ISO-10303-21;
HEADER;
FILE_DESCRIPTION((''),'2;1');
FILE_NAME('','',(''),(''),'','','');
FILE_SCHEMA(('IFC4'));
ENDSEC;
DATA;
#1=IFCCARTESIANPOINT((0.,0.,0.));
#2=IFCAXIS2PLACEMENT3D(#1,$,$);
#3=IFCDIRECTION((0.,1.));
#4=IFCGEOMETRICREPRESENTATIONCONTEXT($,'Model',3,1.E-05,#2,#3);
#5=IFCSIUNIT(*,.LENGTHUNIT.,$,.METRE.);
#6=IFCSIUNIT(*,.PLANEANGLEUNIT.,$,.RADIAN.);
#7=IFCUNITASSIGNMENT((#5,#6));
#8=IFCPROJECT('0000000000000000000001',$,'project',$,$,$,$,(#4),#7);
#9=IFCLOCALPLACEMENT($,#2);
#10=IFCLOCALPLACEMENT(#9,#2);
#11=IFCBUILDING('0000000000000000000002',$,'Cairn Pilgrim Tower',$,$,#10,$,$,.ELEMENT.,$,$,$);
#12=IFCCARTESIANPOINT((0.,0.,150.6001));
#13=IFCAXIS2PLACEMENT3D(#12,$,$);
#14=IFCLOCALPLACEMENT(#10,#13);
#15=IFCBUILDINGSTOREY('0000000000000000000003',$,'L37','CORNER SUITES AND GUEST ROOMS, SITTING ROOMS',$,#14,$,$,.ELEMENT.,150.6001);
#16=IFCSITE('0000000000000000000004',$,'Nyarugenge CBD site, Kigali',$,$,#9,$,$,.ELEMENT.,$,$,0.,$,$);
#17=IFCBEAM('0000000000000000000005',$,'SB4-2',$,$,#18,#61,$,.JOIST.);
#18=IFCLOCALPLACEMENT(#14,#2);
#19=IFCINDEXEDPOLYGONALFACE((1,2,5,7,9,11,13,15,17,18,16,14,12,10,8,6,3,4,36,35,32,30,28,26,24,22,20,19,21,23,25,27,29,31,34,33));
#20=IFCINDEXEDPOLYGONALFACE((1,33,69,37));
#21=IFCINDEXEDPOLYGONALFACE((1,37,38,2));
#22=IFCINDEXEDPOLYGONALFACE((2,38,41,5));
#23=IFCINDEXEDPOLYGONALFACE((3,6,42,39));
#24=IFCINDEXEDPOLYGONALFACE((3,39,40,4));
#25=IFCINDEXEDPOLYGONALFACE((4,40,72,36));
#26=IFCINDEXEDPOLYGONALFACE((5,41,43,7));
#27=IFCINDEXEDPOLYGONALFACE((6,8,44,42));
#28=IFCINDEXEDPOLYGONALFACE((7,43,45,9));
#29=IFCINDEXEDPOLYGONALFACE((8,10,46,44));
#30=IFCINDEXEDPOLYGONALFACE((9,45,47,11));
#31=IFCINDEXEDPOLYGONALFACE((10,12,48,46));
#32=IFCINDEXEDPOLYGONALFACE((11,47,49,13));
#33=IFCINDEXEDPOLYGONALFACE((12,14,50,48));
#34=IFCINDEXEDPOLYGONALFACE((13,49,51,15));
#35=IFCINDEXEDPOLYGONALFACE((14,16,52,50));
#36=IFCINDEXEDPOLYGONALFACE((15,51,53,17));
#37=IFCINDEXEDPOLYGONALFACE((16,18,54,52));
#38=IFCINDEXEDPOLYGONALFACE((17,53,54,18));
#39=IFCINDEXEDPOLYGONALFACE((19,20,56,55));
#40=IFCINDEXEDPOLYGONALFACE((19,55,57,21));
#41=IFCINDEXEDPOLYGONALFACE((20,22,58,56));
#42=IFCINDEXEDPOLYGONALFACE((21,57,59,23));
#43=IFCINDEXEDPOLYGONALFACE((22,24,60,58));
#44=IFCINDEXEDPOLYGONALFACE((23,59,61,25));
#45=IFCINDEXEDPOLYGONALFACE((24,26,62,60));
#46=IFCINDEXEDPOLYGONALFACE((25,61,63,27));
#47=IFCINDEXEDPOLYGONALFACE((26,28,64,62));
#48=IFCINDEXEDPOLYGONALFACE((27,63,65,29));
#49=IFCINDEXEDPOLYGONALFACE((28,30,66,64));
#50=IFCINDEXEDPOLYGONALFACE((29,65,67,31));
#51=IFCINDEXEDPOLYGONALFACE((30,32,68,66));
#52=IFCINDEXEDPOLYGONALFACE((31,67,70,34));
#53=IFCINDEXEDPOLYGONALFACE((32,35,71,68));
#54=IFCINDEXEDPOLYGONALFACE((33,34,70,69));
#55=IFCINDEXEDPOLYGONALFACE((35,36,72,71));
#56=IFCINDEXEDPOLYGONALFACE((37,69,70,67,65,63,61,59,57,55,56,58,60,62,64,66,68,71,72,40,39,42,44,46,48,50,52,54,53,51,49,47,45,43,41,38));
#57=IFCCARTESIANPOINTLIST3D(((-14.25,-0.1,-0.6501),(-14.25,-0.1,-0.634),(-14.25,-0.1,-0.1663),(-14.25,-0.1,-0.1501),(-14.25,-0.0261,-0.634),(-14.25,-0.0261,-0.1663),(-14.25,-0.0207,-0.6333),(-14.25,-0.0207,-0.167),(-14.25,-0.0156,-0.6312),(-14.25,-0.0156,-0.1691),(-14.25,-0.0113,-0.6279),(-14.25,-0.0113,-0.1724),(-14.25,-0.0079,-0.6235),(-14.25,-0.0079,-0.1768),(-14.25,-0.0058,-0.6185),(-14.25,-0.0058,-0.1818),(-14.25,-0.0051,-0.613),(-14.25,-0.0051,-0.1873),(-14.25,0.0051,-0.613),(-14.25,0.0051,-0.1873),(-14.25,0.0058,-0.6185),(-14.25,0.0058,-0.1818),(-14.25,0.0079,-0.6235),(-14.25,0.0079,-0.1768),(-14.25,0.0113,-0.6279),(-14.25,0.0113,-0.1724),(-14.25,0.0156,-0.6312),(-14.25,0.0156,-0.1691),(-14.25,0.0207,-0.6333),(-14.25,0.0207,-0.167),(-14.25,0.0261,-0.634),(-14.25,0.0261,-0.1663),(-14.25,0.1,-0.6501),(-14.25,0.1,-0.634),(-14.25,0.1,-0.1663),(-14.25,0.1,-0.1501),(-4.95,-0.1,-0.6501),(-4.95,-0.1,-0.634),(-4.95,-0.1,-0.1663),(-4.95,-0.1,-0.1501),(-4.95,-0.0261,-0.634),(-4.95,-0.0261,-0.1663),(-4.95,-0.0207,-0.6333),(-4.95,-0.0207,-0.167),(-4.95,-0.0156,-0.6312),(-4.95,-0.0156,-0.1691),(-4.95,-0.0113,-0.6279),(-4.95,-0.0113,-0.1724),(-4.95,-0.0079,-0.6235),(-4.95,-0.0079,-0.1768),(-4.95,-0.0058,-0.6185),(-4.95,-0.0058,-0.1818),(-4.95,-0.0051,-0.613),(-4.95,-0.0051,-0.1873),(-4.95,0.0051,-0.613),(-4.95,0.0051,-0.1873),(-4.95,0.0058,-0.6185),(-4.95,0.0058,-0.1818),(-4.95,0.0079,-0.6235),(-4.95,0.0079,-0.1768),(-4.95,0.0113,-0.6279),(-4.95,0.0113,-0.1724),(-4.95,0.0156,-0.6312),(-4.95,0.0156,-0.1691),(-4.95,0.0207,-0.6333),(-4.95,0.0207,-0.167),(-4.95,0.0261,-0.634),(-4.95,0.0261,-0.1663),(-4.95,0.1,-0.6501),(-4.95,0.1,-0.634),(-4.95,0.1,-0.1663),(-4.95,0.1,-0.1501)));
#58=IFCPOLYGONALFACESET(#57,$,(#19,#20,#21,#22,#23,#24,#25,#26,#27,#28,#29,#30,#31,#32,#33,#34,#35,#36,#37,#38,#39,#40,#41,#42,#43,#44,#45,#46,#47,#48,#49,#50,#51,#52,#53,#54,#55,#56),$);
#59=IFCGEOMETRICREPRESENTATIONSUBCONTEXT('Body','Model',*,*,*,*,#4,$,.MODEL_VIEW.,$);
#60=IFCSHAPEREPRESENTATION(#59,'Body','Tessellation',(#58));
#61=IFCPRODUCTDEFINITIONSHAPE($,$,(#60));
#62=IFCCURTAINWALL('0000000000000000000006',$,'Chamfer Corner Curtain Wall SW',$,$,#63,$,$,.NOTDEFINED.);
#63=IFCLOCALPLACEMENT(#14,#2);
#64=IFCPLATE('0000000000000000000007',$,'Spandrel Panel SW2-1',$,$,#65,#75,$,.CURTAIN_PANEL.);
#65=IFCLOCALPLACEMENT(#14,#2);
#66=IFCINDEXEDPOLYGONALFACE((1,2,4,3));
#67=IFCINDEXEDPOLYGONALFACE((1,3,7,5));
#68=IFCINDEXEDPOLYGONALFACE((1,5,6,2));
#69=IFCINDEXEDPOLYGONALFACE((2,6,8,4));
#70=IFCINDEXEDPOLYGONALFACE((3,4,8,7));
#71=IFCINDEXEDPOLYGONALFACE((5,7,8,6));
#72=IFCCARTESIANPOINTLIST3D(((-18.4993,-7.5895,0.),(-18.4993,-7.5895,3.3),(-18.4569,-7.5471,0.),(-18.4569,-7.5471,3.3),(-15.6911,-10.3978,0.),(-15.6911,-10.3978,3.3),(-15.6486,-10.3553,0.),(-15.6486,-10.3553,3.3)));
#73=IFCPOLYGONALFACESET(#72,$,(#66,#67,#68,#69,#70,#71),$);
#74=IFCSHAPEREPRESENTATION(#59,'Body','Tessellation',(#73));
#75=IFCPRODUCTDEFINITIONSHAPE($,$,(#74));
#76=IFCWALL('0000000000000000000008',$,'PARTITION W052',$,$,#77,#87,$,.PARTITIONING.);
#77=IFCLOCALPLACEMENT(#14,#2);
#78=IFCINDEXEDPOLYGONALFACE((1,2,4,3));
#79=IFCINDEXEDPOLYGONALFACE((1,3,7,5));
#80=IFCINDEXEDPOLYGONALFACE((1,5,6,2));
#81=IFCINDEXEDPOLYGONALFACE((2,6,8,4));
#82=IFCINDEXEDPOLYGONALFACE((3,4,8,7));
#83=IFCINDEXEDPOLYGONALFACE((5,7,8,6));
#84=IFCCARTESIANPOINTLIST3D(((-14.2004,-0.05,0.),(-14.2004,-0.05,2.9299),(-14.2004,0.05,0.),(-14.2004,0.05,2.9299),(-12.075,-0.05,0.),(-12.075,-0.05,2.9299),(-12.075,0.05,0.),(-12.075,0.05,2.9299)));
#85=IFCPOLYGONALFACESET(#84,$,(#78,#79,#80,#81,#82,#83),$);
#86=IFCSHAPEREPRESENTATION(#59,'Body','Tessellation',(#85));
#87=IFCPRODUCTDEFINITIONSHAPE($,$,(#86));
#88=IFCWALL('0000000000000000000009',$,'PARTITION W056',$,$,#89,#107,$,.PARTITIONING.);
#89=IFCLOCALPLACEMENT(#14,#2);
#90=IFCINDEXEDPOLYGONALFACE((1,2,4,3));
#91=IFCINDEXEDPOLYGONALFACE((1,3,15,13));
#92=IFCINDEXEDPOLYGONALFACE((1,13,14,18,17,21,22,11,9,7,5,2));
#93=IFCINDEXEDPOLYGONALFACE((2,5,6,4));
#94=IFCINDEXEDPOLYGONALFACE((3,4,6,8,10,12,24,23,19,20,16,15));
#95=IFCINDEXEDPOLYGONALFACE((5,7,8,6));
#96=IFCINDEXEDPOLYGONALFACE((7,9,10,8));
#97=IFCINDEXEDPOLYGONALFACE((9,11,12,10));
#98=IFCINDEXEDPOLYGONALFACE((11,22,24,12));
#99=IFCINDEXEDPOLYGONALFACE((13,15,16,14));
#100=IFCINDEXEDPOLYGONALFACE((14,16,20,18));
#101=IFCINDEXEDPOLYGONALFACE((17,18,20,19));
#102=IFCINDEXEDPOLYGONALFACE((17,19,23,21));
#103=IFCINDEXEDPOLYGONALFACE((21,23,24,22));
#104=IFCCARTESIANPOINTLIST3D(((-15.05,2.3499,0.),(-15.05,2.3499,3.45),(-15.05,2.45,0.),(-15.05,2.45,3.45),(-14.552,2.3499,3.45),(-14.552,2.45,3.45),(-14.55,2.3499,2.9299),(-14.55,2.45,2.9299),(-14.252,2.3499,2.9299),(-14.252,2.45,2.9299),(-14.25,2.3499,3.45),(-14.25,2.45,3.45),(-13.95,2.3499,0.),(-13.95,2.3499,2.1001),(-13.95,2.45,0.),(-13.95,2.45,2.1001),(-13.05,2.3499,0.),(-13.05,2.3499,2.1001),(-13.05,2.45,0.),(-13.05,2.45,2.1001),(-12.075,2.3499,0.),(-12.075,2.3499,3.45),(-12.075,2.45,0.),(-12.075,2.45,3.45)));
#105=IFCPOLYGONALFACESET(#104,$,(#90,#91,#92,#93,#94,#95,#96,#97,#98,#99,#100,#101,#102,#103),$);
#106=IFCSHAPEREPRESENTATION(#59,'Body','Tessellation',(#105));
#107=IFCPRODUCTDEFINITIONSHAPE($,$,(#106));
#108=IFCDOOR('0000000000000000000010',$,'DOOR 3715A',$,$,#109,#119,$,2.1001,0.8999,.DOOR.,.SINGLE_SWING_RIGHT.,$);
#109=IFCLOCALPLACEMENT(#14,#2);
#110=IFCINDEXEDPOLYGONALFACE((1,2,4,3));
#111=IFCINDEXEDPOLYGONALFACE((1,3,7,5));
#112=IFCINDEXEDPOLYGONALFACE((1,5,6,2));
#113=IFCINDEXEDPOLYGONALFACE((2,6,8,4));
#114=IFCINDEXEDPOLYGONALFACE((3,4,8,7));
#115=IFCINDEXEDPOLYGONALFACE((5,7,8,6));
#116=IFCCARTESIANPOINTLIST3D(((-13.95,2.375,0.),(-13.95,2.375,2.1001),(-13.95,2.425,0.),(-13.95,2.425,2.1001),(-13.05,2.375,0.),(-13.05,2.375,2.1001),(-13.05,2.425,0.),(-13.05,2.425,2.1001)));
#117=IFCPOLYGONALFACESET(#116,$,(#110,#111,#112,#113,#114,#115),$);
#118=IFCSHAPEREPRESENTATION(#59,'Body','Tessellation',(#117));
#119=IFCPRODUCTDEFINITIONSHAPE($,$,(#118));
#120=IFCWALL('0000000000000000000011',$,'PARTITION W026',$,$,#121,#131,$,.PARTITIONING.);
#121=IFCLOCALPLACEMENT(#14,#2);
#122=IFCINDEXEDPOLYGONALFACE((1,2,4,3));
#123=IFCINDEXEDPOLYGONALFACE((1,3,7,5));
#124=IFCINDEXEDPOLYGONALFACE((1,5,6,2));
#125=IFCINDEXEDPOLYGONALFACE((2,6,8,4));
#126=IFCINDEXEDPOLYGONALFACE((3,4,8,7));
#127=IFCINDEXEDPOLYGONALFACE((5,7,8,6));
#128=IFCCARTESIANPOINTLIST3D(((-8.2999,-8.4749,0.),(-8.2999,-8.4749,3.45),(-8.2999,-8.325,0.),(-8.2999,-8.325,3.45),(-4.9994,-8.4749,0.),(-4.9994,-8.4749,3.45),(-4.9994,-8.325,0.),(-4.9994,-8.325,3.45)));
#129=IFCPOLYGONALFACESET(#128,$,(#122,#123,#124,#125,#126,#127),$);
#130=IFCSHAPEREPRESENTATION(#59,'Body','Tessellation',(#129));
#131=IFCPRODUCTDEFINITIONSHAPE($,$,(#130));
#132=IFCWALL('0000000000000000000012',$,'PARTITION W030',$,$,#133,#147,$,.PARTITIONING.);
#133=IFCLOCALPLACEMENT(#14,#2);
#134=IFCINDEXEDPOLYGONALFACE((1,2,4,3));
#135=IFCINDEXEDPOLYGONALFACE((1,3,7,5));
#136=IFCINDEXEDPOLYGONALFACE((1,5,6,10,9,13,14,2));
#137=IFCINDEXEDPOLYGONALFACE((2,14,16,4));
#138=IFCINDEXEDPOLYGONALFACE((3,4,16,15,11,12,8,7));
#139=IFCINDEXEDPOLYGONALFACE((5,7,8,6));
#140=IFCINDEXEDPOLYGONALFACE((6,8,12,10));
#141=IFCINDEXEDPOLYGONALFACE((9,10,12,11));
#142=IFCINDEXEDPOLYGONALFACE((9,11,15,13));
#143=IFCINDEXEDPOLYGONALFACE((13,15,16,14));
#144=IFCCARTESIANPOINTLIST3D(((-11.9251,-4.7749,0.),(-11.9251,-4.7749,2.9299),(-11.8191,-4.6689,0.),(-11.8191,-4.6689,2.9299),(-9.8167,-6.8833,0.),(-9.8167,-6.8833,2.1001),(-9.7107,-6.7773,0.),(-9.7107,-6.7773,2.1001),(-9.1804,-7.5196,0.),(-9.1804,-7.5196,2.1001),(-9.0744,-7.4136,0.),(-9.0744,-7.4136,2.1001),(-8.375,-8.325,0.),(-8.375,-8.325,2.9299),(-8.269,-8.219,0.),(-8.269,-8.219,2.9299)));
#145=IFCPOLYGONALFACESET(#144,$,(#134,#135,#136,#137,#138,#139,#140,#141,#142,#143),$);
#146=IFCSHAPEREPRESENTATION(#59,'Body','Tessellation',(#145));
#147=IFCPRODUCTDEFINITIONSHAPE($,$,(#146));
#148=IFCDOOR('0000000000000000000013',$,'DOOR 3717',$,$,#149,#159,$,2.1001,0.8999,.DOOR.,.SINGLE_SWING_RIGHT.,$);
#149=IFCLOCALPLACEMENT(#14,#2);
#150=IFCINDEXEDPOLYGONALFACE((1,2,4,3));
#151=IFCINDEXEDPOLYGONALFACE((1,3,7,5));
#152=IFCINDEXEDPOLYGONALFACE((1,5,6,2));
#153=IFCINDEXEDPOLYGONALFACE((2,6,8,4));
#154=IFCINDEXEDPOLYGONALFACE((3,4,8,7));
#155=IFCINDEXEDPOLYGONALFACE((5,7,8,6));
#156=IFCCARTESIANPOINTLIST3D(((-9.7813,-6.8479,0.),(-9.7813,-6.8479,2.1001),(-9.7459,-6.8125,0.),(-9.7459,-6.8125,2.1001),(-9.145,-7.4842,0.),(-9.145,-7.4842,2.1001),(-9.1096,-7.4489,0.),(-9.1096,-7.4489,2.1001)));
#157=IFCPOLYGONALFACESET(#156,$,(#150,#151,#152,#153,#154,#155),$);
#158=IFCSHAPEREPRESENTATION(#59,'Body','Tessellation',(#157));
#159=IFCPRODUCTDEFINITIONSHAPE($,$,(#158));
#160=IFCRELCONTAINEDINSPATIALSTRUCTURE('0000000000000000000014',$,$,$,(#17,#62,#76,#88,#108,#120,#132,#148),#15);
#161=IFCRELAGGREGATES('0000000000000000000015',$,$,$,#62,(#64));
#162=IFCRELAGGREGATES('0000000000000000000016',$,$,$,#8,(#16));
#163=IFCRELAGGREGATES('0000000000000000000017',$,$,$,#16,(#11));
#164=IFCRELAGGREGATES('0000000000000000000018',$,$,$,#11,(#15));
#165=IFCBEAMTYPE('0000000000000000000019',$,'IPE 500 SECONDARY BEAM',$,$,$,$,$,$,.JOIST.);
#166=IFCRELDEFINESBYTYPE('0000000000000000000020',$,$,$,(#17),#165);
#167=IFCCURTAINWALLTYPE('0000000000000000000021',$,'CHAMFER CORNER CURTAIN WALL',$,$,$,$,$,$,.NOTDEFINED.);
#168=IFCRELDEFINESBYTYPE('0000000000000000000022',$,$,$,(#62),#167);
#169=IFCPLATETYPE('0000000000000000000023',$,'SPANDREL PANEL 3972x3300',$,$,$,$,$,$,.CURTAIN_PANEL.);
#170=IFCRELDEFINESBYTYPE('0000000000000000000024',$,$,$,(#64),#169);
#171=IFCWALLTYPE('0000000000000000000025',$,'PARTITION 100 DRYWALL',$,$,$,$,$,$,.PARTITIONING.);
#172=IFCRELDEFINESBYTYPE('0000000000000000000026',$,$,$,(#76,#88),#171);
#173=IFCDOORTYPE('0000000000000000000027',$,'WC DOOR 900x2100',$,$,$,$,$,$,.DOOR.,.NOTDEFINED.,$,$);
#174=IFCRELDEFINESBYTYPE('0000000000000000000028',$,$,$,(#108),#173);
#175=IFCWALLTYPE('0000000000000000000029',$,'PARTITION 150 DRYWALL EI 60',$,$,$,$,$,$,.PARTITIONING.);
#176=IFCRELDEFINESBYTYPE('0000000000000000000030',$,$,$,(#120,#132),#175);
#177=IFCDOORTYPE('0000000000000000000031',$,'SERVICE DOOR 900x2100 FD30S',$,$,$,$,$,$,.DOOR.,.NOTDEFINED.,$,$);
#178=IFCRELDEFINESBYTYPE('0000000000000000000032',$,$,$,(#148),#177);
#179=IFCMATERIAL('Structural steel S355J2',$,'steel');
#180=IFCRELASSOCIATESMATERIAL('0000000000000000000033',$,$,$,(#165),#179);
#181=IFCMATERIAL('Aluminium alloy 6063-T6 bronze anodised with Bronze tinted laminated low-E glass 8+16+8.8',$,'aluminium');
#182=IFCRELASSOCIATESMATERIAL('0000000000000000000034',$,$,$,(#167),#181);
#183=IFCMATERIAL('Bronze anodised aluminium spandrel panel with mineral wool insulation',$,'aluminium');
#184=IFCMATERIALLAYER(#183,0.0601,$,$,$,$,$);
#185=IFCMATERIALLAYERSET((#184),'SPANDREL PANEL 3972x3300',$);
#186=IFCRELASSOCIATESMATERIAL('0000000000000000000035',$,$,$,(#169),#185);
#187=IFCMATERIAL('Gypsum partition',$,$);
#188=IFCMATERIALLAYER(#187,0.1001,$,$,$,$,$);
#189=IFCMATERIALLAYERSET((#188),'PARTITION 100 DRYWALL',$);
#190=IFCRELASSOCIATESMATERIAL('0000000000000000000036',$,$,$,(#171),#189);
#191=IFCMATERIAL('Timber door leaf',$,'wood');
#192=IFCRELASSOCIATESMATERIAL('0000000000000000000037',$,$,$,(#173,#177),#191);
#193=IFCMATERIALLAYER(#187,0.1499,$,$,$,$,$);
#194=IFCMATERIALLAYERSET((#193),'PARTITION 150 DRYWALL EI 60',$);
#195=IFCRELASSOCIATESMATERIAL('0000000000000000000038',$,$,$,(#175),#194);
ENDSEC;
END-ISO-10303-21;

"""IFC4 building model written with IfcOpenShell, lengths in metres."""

from ifc_helpers import new_model, si_unit, direction, frame, frame_2d, origin, origin_2d, place, context, subcontext, project, spatial, polyline, rectangle, i_section, outline, extrude, material, layer, layer_set, material_profile, profile_set, type_object, element, fill, aggregate, save


model = new_model("IFC4")

# Units and contexts
model_context = context("Model", 3, precision=1e-05, world=origin(), true_north=direction((0.0, 1.0)))
body_context = subcontext(model_context, "Body", "Model", "MODEL_VIEW")
ifc_project = project(units=[si_unit("LENGTHUNIT", "METRE"), si_unit("PLANEANGLEUNIT", "RADIAN")], contexts=[model_context])

# Site, building, storey
site_placement = place(None, origin())
site = spatial("IfcSite", under=ifc_project, at=site_placement, Name="Nyarugenge CBD site, Kigali", CompositionType="ELEMENT", RefElevation=0.0)
building_placement = place(site_placement, origin())
building = spatial("IfcBuilding", under=site, at=building_placement, Name="Cairn Pilgrim Tower", CompositionType="ELEMENT")
storey_placement = place(building_placement, frame((0.0, 0.0, 150.6001)))
storey = spatial("IfcBuildingStorey", under=building, at=storey_placement, Name="L37", Description="CORNER SUITES AND GUEST ROOMS, SITTING ROOMS", CompositionType="ELEMENT", Elevation=150.6001)

# Shared definitions
ifc_material_1 = material(Name="Structural steel S355J2", Category="steel")

# Beam
ifc_material_profile_1 = material_profile(ifc_material_1, i_section(OverallWidth=0.2, OverallDepth=0.5, WebThickness=0.0103, FlangeThickness=0.0161, FilletRadius=0.021, at=origin_2d()), Name="IPE 500")
ifc_profile_set_1 = profile_set([ifc_material_profile_1], Name="Structural steel S355J2")
beam_type_1 = type_object("IfcBeamType", Name="IPE 500 SECONDARY BEAM", PredefinedType="JOIST", material=ifc_profile_set_1)
for number, where, z_axis, x_axis, name in (
    (1, (-14.25, 0.0, -0.4001), (1.0, 0.0, 0.0), (0.0, 1.0, 0.0), "SB4-2"),
):
    element("IfcBeam", number, at=place(storey_placement, frame(where, z_axis=z_axis, x_axis=x_axis)), inside=storey, type_object=beam_type_1, Name=name, PredefinedType="JOIST", context=body_context, shape_type="SweptSolid", body=[
        extrude(i_section(OverallWidth=0.2, OverallDepth=0.5, WebThickness=0.0103, FlangeThickness=0.0161, FilletRadius=0.021, at=origin_2d()), origin(), (0.0, 0.0, 1.0), 9.3),
    ])

# Curtain wall, plate
ifc_material_2 = material(Name="Aluminium alloy 6063-T6 bronze anodised with Bronze tinted laminated low-E glass 8+16+8.8", Category="aluminium")
curtain_wall_type = type_object("IfcCurtainWallType", Name="CHAMFER CORNER CURTAIN WALL", PredefinedType="NOTDEFINED", material=ifc_material_2)
curtain_wall_placement = place(storey_placement, origin())
curtain_wall = element("IfcCurtainWall", 2, at=curtain_wall_placement, inside=storey, type_object=curtain_wall_type, Name="Chamfer Corner Curtain Wall SW", PredefinedType="NOTDEFINED")
ifc_material_3 = material(Name="Bronze anodised aluminium spandrel panel with mineral wool insulation", Category="aluminium")
ifc_layer_1 = layer(ifc_material_3, 0.0601)
ifc_layer_set_1 = layer_set([ifc_layer_1], Name="SPANDREL PANEL 3972x3300")
plate_type = type_object("IfcPlateType", Name="SPANDREL PANEL 3972x3300", PredefinedType="CURTAIN_PANEL", material=ifc_layer_set_1)
plate_placement = place(storey_placement, frame((-17.074, -8.9724, 0.0), z_axis=(0.0, 0.0, 1.0), x_axis=(0.707107, -0.707107, 0.0)))
plate = element("IfcPlate", 3, at=plate_placement, type_object=plate_type, Name="Spandrel Panel SW2-1", PredefinedType="CURTAIN_PANEL", context=body_context, shape_type="SweptSolid", body=[
    extrude(rectangle(XDim=3.9714, YDim=0.0601, at=origin_2d()), origin(), (0.0, 0.0, 1.0), 3.3),
])
aggregate(curtain_wall, [plate])

# Wall
ifc_material_4 = material(Name="Gypsum partition")
ifc_layer_2 = layer(ifc_material_4, 0.1001)
ifc_layer_set_2 = layer_set([ifc_layer_2], Name="PARTITION 100 DRYWALL")
wall_type_1 = type_object("IfcWallType", Name="PARTITION 100 DRYWALL", PredefinedType="PARTITIONING", material=ifc_layer_set_2)
wall_1_placement = place(storey_placement, frame((-14.2004, 0.0, 0.0), z_axis=(0.0, 0.0, 1.0), x_axis=(1.0, 0.0, 0.0)))
element("IfcWall", 4, at=wall_1_placement, inside=storey, type_object=wall_type_1, Name="PARTITION W052", PredefinedType="PARTITIONING", context=body_context, shape_type="SweptSolid", body=[
    extrude(rectangle(XDim=2.1255, YDim=0.1001, at=frame_2d((1.0627, 0.0))), origin(), (0.0, 0.0, 1.0), 2.9299),
])

# Wall, opening, door
wall_2_placement = place(storey_placement, frame((-15.05, 2.3999, 0.0), z_axis=(0.0, 0.0, 1.0), x_axis=(1.0, 0.0, 0.0)))
wall_2 = element("IfcWall", 5, at=wall_2_placement, inside=storey, type_object=wall_type_1, Name="PARTITION W056", PredefinedType="PARTITIONING", context=body_context, shape_type="SweptSolid", body=[
    extrude(outline(polyline([(0.0, 0.0), (2.9751, 0.0), (2.9751, 3.45), (0.8, 3.45), (0.7981, 2.9299), (0.5, 2.9299), (0.498, 3.45), (0.0, 3.45), (0.0, 0.0)])), frame((0.0, 0.05, 0.0), z_axis=(0.0, -1.0, 0.0), x_axis=(1.0, 0.0, 0.0)), (0.0, 0.0, 1.0), 0.1001),
])
opening_1_placement = place(wall_2_placement, frame((1.1001, 0.0, 0.0)))
opening_1 = element("IfcOpeningElement", 6, at=opening_1_placement, cuts=wall_2, PredefinedType="OPENING", context=body_context, shape_type="SweptSolid", body=[
    extrude(rectangle(XDim=0.8999, YDim=2.1001, at=frame_2d((0.45, 1.05))), frame((0.0, 0.0601, 0.0), z_axis=(0.0, -1.0, 0.0), x_axis=(1.0, 0.0, 0.0)), (0.0, 0.0, 1.0), 0.1201),
])
ifc_material_5 = material(Name="Timber door leaf", Category="wood")
door_type_1 = type_object("IfcDoorType", Name="WC DOOR 900x2100", OperationType="NOTDEFINED", PredefinedType="DOOR", material=ifc_material_5)
door_1_placement = place(opening_1_placement, frame((0.8999, 0.0, 0.0), z_axis=(0.0, 0.0, 1.0), x_axis=(-1.0, 0.0, 0.0)))
door_1 = element("IfcDoor", 7, at=door_1_placement, inside=storey, type_object=door_type_1, Name="DOOR 3715A", OperationType="SINGLE_SWING_RIGHT", OverallHeight=2.1001, OverallWidth=0.8999, PredefinedType="DOOR", context=body_context, shape_type="SweptSolid", body=[
    extrude(rectangle(XDim=0.8999, YDim=2.1001, at=frame_2d((0.45, 1.05))), frame((0.0, 0.0249, 0.0), z_axis=(0.0, -1.0, 0.0), x_axis=(1.0, 0.0, 0.0)), (0.0, 0.0, 1.0), 0.05),
])
fill(opening_1, door_1)

# Wall
ifc_layer_3 = layer(ifc_material_4, 0.1499)
ifc_layer_set_3 = layer_set([ifc_layer_3], Name="PARTITION 150 DRYWALL EI 60")
wall_type_2 = type_object("IfcWallType", Name="PARTITION 150 DRYWALL EI 60", PredefinedType="PARTITIONING", material=ifc_layer_set_3)
wall_3_placement = place(storey_placement, frame((-8.3, -8.3999, 0.0), z_axis=(0.0, 0.0, 1.0), x_axis=(1.0, 0.0, 0.0)))
element("IfcWall", 8, at=wall_3_placement, inside=storey, type_object=wall_type_2, Name="PARTITION W026", PredefinedType="PARTITIONING", context=body_context, shape_type="SweptSolid", body=[
    extrude(rectangle(XDim=3.3005, YDim=0.1499, at=frame_2d((1.6504, 0.0))), origin(), (0.0, 0.0, 1.0), 3.45),
])

# Wall, opening, door
wall_4_placement = place(storey_placement, frame((-8.322, -8.272, 0.0), z_axis=(0.0, 0.0, 1.0), x_axis=(-0.707107, 0.707107, 0.0)))
wall_4 = element("IfcWall", 9, at=wall_4_placement, inside=storey, type_object=wall_type_2, Name="PARTITION W030", PredefinedType="PARTITIONING", context=body_context, shape_type="SweptSolid", body=[
    extrude(rectangle(XDim=5.0205, YDim=0.1499, at=frame_2d((2.5103, 0.0))), origin(), (0.0, 0.0, 1.0), 2.9299),
])
opening_2_placement = place(wall_4_placement, frame((1.1389, 0.0, 0.0)))
opening_2 = element("IfcOpeningElement", 10, at=opening_2_placement, cuts=wall_4, PredefinedType="OPENING", context=body_context, shape_type="SweptSolid", body=[
    extrude(rectangle(XDim=0.8999, YDim=2.1001, at=frame_2d((0.45, 1.05))), frame((0.0, 0.085, 0.0), z_axis=(0.0, -1.0, 0.0), x_axis=(1.0, 0.0, 0.0)), (0.0, 0.0, 1.0), 0.1699),
])
door_type_2 = type_object("IfcDoorType", Name="SERVICE DOOR 900x2100 FD30S", OperationType="NOTDEFINED", PredefinedType="DOOR", material=ifc_material_5)
door_2_placement = place(opening_2_placement, origin())
door_2 = element("IfcDoor", 11, at=door_2_placement, inside=storey, type_object=door_type_2, Name="DOOR 3717", OperationType="SINGLE_SWING_RIGHT", OverallHeight=2.1001, OverallWidth=0.8999, PredefinedType="DOOR", context=body_context, shape_type="SweptSolid", body=[
    extrude(rectangle(XDim=0.8999, YDim=2.1001, at=frame_2d((0.45, 1.05))), frame((0.0, 0.0249, 0.0), z_axis=(0.0, -1.0, 0.0), x_axis=(1.0, 0.0, 0.0)), (0.0, 0.0, 1.0), 0.05),
])
fill(opening_2, door_2)

save(model, "model.ifc")
